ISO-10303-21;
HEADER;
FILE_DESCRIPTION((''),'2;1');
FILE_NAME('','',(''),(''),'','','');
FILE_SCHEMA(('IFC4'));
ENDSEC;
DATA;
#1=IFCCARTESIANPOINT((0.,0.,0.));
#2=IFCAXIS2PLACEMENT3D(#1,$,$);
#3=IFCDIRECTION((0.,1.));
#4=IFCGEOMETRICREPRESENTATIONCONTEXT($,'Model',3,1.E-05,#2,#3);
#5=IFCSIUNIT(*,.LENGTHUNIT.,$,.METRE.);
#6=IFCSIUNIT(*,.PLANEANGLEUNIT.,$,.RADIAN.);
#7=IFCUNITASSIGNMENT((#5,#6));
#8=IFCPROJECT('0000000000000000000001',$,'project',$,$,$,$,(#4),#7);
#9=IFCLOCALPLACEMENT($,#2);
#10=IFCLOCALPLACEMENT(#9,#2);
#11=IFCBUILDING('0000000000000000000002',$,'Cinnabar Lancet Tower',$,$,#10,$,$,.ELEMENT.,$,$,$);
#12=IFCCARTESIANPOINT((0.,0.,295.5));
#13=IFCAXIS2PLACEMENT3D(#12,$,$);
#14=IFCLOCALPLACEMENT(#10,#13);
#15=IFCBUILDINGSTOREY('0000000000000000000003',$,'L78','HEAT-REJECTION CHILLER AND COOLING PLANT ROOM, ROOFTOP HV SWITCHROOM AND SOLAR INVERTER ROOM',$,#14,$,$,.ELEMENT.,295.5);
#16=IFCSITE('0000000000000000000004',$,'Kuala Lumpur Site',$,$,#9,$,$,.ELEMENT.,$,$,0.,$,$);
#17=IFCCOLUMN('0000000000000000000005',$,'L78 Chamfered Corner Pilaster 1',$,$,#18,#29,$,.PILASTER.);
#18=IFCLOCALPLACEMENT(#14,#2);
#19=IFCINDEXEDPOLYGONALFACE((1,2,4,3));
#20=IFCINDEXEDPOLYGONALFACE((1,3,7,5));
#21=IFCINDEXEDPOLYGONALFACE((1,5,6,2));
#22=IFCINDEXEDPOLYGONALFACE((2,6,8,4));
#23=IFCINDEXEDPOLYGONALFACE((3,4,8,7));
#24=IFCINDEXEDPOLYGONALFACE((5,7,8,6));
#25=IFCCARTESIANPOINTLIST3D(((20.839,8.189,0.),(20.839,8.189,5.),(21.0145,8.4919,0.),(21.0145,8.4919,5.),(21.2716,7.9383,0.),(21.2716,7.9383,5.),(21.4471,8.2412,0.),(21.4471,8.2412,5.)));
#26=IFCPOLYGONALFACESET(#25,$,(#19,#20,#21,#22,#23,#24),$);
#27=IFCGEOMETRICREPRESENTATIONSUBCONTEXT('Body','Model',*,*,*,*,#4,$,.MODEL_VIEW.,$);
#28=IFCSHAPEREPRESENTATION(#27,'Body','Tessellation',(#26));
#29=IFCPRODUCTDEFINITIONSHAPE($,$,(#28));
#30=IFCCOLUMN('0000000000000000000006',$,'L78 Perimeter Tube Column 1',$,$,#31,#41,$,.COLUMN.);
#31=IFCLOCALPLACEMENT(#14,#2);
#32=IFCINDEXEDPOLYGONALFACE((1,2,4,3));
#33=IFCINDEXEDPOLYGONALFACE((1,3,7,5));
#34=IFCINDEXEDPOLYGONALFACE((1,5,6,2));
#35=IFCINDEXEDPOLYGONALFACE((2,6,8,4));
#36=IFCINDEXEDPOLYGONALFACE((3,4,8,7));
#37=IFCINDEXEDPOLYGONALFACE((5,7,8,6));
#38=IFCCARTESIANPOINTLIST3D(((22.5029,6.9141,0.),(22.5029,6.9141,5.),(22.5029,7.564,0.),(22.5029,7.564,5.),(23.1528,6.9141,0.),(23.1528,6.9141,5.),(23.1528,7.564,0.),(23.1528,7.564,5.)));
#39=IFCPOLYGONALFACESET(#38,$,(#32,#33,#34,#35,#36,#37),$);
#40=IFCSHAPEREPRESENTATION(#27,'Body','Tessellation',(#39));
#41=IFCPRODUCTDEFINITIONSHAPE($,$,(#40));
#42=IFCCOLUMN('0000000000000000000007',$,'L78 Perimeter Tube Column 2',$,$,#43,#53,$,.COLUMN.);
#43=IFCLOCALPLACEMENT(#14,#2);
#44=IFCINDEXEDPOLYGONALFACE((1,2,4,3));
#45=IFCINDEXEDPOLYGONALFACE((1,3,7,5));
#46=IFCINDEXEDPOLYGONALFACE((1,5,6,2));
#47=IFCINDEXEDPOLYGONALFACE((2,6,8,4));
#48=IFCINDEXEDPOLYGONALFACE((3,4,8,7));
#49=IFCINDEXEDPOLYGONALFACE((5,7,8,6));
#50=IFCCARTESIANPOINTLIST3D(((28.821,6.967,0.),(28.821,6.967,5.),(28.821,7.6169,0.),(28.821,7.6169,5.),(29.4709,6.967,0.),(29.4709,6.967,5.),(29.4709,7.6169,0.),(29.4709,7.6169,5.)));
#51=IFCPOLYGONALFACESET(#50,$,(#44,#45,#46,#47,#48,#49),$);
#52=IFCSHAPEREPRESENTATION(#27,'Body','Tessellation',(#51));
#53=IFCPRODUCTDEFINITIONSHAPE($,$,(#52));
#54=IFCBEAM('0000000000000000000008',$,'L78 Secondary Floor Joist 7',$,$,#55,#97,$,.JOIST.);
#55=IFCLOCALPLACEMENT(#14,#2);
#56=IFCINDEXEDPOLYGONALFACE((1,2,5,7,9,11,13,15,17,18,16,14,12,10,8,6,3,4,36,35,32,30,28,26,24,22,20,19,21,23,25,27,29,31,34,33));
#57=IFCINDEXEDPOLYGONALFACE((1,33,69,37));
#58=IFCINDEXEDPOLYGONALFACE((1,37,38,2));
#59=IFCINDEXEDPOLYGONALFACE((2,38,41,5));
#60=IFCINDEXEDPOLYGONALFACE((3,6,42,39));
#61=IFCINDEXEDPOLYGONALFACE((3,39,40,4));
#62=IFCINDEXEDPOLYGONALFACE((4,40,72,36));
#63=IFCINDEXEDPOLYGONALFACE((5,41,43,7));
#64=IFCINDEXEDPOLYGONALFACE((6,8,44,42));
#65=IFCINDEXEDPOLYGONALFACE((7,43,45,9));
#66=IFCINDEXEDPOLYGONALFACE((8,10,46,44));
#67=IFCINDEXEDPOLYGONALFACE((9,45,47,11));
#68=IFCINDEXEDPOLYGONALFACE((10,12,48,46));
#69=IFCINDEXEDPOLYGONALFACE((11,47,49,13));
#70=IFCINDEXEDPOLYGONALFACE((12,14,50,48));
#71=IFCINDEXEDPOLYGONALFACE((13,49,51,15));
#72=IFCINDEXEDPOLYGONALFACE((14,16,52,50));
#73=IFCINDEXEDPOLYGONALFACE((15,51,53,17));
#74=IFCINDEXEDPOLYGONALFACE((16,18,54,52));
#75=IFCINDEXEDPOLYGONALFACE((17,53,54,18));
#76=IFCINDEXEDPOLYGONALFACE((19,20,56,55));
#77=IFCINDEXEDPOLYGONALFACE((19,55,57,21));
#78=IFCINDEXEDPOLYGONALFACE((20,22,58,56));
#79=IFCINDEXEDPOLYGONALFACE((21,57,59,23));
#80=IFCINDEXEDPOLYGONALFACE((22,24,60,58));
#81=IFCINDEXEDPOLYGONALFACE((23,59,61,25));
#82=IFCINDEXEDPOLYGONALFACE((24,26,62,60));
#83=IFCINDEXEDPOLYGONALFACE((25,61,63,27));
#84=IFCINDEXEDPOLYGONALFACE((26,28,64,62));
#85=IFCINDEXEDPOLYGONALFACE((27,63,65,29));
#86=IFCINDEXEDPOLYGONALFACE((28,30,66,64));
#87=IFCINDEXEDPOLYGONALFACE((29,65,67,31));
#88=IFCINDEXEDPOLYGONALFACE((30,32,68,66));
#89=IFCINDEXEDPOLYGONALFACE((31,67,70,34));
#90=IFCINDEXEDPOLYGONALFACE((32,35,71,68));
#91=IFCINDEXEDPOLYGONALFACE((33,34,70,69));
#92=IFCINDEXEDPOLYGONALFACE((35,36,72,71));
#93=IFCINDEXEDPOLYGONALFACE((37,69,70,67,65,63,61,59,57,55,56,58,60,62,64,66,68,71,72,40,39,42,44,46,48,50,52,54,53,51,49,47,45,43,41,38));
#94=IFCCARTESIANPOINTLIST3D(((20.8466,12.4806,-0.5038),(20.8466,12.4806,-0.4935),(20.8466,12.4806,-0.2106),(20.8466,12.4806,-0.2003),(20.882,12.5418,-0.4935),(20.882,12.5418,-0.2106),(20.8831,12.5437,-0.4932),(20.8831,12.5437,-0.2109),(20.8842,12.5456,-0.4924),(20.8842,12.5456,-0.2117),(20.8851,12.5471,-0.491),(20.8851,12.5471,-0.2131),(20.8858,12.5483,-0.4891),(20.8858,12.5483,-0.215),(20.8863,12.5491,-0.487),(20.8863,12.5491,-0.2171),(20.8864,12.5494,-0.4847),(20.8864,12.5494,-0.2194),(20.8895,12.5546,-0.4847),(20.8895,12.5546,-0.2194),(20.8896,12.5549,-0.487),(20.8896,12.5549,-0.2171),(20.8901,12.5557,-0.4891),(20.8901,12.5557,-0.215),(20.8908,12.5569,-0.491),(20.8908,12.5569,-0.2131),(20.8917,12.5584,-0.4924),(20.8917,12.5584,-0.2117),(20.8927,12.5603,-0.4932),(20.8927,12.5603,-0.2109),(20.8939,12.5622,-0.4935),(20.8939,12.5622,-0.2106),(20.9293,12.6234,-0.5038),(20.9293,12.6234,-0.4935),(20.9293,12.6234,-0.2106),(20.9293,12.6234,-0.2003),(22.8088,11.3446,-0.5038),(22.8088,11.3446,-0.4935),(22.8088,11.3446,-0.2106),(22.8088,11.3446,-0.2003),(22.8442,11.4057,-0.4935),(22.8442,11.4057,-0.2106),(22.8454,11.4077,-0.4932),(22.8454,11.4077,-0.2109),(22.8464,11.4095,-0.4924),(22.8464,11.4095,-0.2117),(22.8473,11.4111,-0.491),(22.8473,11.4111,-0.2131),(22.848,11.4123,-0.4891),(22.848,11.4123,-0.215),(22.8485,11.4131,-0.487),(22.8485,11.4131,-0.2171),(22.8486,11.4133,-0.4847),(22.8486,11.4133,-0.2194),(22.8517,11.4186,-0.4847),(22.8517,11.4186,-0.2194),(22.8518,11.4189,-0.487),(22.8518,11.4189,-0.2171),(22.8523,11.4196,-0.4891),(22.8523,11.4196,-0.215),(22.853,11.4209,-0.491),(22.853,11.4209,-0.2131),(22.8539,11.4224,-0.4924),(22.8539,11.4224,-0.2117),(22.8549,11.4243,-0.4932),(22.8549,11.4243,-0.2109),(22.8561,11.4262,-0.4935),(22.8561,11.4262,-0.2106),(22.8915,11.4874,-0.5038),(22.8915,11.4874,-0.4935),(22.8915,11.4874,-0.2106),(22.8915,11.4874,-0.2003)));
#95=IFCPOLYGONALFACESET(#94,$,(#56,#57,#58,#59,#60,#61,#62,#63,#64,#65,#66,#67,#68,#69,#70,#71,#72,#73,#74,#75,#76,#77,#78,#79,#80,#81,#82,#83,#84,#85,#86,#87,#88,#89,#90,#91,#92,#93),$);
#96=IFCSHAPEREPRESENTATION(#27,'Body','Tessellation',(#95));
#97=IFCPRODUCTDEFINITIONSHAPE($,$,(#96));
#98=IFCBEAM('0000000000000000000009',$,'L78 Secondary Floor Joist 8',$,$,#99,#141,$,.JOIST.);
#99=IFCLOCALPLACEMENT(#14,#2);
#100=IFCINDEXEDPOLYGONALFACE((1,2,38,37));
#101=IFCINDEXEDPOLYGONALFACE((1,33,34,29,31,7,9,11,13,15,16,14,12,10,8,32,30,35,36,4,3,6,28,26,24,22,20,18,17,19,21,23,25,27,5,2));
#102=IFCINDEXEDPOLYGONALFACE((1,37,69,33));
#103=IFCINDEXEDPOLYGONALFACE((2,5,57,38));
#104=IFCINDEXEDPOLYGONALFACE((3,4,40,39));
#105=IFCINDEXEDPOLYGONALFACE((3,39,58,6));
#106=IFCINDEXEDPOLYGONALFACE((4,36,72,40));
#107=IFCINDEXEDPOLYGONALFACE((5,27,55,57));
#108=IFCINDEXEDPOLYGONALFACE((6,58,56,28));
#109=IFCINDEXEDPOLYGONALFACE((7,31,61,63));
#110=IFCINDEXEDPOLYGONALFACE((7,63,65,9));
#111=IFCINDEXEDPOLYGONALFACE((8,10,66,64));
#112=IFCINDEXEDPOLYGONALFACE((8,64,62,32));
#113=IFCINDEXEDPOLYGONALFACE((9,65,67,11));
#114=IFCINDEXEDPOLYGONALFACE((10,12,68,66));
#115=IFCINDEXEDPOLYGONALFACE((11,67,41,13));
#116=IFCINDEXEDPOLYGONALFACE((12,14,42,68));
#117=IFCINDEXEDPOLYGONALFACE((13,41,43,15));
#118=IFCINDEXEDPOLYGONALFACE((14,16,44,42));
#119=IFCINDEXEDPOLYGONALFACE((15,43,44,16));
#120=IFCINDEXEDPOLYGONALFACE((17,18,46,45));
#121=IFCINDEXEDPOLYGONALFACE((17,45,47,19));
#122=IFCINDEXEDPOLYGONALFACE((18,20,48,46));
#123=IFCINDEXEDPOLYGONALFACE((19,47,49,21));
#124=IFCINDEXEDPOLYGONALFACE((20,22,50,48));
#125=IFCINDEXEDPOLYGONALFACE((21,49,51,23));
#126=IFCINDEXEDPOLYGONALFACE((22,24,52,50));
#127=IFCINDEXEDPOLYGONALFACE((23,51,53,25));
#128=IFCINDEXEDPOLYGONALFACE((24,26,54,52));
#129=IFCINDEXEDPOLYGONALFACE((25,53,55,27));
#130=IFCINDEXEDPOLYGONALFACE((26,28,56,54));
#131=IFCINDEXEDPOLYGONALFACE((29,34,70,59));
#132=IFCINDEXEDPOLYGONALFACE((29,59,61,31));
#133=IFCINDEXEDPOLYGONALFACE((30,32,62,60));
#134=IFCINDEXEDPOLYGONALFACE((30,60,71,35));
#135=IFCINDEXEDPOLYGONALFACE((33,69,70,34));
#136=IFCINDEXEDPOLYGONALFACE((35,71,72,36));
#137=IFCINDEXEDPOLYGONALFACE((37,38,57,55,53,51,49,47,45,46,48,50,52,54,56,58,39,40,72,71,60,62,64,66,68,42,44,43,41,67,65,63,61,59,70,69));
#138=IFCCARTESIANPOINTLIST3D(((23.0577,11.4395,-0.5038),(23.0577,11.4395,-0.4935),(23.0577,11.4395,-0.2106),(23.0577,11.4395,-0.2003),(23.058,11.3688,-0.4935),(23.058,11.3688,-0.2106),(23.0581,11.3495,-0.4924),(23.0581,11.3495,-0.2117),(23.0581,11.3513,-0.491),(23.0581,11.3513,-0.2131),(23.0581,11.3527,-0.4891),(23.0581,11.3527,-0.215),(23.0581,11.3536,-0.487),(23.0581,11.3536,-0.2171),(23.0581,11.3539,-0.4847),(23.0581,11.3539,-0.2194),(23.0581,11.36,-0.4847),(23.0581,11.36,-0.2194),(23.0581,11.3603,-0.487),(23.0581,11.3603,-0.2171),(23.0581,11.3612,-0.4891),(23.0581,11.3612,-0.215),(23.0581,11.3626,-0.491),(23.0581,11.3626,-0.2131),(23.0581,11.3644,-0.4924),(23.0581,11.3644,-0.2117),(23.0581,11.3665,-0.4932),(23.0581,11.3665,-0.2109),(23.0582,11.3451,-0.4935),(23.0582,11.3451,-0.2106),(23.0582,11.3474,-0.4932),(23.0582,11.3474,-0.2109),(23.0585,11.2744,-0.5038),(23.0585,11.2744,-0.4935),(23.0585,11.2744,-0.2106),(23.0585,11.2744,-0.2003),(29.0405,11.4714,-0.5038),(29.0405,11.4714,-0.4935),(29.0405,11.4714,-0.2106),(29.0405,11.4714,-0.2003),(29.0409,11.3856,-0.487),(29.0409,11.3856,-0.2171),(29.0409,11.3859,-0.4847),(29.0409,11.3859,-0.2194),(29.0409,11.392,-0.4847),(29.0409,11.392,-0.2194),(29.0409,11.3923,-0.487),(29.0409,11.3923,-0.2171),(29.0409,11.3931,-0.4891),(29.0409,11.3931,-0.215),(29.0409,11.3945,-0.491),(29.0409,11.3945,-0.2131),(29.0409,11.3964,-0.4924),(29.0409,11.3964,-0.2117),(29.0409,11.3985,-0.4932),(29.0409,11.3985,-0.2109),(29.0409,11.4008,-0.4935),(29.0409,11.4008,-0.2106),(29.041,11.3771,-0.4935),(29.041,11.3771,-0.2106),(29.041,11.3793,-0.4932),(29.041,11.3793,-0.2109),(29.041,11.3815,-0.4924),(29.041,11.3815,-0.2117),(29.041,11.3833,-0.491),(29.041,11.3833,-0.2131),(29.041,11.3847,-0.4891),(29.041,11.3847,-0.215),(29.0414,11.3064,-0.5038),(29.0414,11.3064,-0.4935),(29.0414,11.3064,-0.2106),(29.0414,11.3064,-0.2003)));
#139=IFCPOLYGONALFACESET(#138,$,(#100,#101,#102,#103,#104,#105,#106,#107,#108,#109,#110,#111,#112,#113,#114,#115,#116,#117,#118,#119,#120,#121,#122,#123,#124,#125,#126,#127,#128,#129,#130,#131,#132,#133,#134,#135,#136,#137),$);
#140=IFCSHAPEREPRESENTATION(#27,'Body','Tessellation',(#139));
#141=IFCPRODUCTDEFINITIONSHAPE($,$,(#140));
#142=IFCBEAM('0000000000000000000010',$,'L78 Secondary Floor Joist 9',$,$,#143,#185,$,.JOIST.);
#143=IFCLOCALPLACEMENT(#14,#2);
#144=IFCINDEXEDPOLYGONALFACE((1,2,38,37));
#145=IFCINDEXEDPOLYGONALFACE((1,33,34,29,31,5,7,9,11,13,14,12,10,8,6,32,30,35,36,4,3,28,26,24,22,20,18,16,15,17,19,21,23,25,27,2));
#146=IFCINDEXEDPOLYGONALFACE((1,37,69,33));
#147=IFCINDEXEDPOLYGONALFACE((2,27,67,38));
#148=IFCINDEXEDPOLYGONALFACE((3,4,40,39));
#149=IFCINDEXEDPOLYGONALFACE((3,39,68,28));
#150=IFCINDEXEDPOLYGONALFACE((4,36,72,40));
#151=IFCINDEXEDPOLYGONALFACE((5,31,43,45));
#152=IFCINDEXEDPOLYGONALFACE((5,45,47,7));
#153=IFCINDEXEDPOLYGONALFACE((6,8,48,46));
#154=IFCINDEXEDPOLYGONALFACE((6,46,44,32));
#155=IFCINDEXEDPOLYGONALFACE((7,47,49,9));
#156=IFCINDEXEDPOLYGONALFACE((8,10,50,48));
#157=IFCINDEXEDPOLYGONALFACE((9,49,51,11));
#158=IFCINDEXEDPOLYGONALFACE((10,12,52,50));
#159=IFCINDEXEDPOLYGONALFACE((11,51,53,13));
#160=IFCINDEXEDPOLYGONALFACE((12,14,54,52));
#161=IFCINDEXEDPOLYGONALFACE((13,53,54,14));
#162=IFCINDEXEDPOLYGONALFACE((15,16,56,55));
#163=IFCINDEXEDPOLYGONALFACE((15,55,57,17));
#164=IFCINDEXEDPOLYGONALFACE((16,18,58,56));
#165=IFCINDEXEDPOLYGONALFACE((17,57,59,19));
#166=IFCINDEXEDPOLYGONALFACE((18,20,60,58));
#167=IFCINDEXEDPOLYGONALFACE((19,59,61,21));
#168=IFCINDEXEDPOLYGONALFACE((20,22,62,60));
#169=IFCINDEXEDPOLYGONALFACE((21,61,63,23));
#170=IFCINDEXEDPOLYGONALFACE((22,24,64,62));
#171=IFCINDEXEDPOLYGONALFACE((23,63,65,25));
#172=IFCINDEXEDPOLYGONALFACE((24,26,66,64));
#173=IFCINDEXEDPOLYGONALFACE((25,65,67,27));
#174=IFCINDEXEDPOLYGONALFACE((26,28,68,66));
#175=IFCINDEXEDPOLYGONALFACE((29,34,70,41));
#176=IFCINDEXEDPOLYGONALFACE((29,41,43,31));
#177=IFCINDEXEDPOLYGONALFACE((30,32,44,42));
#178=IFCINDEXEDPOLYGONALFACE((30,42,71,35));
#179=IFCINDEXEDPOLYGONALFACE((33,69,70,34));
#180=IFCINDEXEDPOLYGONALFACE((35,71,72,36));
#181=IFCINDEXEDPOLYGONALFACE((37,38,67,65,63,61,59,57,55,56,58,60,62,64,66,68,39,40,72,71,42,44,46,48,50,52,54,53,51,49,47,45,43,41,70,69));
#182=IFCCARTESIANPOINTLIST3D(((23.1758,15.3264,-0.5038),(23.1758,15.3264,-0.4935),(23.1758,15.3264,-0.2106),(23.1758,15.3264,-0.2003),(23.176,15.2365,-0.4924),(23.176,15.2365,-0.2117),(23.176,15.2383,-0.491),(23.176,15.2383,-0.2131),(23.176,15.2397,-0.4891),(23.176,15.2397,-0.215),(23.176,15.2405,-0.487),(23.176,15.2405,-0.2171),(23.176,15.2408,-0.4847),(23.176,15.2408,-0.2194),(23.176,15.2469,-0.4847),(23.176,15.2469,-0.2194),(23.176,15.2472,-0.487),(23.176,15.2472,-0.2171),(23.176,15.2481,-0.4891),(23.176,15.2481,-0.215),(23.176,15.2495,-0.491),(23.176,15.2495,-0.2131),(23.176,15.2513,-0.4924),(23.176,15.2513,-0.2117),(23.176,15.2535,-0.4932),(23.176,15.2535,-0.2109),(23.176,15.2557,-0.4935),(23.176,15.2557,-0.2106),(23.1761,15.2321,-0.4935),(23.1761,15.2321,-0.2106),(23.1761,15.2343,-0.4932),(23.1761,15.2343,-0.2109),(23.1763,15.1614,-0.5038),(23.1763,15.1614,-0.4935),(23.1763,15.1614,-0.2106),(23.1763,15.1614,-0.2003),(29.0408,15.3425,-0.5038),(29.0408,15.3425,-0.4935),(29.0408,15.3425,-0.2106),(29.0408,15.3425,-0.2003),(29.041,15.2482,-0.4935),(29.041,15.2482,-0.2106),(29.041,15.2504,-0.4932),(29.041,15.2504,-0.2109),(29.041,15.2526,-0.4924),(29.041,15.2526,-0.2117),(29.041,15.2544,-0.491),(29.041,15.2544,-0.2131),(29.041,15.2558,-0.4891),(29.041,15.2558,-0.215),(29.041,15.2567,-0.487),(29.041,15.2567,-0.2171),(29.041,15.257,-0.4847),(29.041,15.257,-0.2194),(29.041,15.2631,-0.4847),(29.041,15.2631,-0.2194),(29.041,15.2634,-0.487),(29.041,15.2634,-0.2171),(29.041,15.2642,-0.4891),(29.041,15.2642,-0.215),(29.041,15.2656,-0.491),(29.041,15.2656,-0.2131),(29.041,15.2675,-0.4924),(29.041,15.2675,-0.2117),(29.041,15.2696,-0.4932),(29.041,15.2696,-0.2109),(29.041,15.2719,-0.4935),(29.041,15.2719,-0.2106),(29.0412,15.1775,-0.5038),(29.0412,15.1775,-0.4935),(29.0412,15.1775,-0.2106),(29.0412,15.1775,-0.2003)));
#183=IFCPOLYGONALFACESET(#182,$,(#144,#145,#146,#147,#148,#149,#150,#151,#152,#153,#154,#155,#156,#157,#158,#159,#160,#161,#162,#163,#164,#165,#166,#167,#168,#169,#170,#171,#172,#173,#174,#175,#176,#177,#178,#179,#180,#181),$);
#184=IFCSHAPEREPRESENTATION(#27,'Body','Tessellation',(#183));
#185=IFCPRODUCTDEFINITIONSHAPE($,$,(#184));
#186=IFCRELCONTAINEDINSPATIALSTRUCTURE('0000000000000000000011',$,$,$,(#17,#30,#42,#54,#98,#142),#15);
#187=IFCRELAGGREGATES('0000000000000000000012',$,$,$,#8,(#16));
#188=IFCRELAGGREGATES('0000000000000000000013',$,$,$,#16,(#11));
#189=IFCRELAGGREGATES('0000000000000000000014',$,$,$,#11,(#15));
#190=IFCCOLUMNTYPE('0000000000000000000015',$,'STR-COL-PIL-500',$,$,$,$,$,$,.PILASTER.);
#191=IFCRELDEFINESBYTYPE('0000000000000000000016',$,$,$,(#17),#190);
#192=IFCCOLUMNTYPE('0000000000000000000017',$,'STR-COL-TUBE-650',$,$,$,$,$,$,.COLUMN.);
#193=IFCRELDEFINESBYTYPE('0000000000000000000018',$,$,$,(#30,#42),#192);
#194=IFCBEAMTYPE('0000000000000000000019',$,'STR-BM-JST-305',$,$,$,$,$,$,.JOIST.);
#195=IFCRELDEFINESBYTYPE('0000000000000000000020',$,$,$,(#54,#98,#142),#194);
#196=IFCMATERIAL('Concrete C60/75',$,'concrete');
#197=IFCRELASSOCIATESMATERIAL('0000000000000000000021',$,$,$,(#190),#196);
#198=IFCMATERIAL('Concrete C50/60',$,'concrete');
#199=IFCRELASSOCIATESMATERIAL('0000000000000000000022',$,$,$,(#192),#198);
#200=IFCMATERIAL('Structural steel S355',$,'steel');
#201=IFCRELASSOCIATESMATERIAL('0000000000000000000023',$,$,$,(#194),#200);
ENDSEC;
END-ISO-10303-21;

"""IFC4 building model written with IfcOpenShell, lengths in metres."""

from ifc_helpers import new_model, si_unit, direction, frame, origin, origin_2d, place, context, subcontext, project, spatial, rectangle, i_section, extrude, material, material_profile, profile_set, type_object, element, save


model = new_model("IFC4")

# Units and contexts
model_context = context("Model", 3, precision=1e-05, world=origin(), true_north=direction((0.0, 1.0)))
body_context = subcontext(model_context, "Body", "Model", "MODEL_VIEW")
ifc_project = project(units=[si_unit("LENGTHUNIT", "METRE"), si_unit("PLANEANGLEUNIT", "RADIAN")], contexts=[model_context])

# Site, building, storey
site_placement = place(None, origin())
site = spatial("IfcSite", under=ifc_project, at=site_placement, Name="Kuala Lumpur Site", CompositionType="ELEMENT", RefElevation=0.0)
building_placement = place(site_placement, origin())
building = spatial("IfcBuilding", under=site, at=building_placement, Name="Cinnabar Lancet Tower", CompositionType="ELEMENT")
storey_placement = place(building_placement, frame((0.0, 0.0, 295.5)))
storey = spatial("IfcBuildingStorey", under=building, at=storey_placement, Name="L78", Description="HEAT-REJECTION CHILLER AND COOLING PLANT ROOM, ROOFTOP HV SWITCHROOM AND SOLAR INVERTER ROOM", CompositionType="ELEMENT", Elevation=295.5)

# Columns
ifc_material_1 = material(Name="Concrete C60/75", Category="concrete")
ifc_material_profile_1 = material_profile(ifc_material_1, rectangle(XDim=0.5, YDim=0.3501, at=origin_2d()), Name="RC-PIL 500x350")
ifc_profile_set_1 = profile_set([ifc_material_profile_1], Name="Concrete C60/75")
column_type_1 = type_object("IfcColumnType", Name="STR-COL-PIL-500", PredefinedType="PILASTER", material=ifc_profile_set_1)
column_placement = place(storey_placement, frame((21.1431, 8.2151, 0.0), z_axis=(0.0, 0.0, 1.0), x_axis=(0.865256, -0.50133, 0.0)))
element("IfcColumn", 1, at=column_placement, inside=storey, type_object=column_type_1, Name="L78 Chamfered Corner Pilaster 1", PredefinedType="PILASTER", context=body_context, shape_type="SweptSolid", body=[
    extrude(rectangle(XDim=0.5, YDim=0.3501, at=origin_2d()), origin(), (0.0, 0.0, 1.0), 5.0),
])
ifc_material_2 = material(Name="Concrete C50/60", Category="concrete")
ifc_material_profile_2 = material_profile(ifc_material_2, rectangle(XDim=0.6499, YDim=0.6499, at=origin_2d()), Name="RC-COL 650x650")
ifc_profile_set_2 = profile_set([ifc_material_profile_2], Name="Concrete C50/60")
column_type_2 = type_object("IfcColumnType", Name="STR-COL-TUBE-650", PredefinedType="COLUMN", material=ifc_profile_set_2)
for number, where, z_axis, x_axis, name in (
    (2, (22.8279, 7.239, 0.0), (0.0, 0.0, 1.0), (1.0, 0.0, 0.0), "L78 Perimeter Tube Column 1"),
    (3, (29.146, 7.292, 0.0), (0.0, 0.0, 1.0), (1.0, 0.0, 0.0), "L78 Perimeter Tube Column 2"),
):
    element("IfcColumn", number, at=place(storey_placement, frame(where, z_axis=z_axis, x_axis=x_axis)), inside=storey, type_object=column_type_2, Name=name, PredefinedType="COLUMN", context=body_context, shape_type="SweptSolid", body=[
        extrude(rectangle(XDim=0.6499, YDim=0.6499, at=origin_2d()), origin(), (0.0, 0.0, 1.0), 5.0),
    ])

# Beams
ifc_material_3 = material(Name="Structural steel S355", Category="steel")
ifc_material_profile_3 = material_profile(ifc_material_3, i_section(OverallWidth=0.165, OverallDepth=0.3035, WebThickness=0.0061, FlangeThickness=0.0103, FilletRadius=0.0088, at=origin_2d()), Name="UKB 305x165x40")
ifc_profile_set_3 = profile_set([ifc_material_profile_3], Name="Structural steel S355")
beam_type_1 = type_object("IfcBeamType", Name="STR-BM-JST-305", PredefinedType="JOIST", material=ifc_profile_set_3)
beam_1_placement = place(storey_placement, frame((20.8879, 12.552, -0.3521), z_axis=(0.865426, -0.501036, 0.0), x_axis=(0.501036, 0.865426, 0.0)))
element("IfcBeam", 4, at=beam_1_placement, inside=storey, type_object=beam_type_1, Name="L78 Secondary Floor Joist 7", PredefinedType="JOIST", context=body_context, shape_type="SweptSolid", body=[
    extrude(i_section(OverallWidth=0.165, OverallDepth=0.3035, WebThickness=0.0061, FlangeThickness=0.0103, FilletRadius=0.0088, at=origin_2d()), origin(), (0.0, 0.0, 1.0), 2.2673),
])
beam_2_placement = place(storey_placement, frame((23.0581, 11.3569, -0.3521), z_axis=(0.999986, 0.005346, 0.0), x_axis=(-0.005346, 0.999986, 0.0)))
element("IfcBeam", 5, at=beam_2_placement, inside=storey, type_object=beam_type_1, Name="L78 Secondary Floor Joist 8", PredefinedType="JOIST", context=body_context, shape_type="SweptSolid", body=[
    extrude(i_section(OverallWidth=0.165, OverallDepth=0.3035, WebThickness=0.0061, FlangeThickness=0.0103, FilletRadius=0.0088, at=origin_2d()), origin(), (0.0, 0.0, 1.0), 5.9829),
])
beam_3_placement = place(storey_placement, frame((23.176, 15.2439, -0.3521), z_axis=(0.999996, 0.002747, 0.0), x_axis=(-0.002747, 0.999996, 0.0)))
element("IfcBeam", 6, at=beam_3_placement, inside=storey, type_object=beam_type_1, Name="L78 Secondary Floor Joist 9", PredefinedType="JOIST", context=body_context, shape_type="SweptSolid", body=[
    extrude(i_section(OverallWidth=0.165, OverallDepth=0.3035, WebThickness=0.0061, FlangeThickness=0.0103, FilletRadius=0.0088, at=origin_2d()), origin(), (0.0, 0.0, 1.0), 5.865),
])

save(model, "model.ifc")
